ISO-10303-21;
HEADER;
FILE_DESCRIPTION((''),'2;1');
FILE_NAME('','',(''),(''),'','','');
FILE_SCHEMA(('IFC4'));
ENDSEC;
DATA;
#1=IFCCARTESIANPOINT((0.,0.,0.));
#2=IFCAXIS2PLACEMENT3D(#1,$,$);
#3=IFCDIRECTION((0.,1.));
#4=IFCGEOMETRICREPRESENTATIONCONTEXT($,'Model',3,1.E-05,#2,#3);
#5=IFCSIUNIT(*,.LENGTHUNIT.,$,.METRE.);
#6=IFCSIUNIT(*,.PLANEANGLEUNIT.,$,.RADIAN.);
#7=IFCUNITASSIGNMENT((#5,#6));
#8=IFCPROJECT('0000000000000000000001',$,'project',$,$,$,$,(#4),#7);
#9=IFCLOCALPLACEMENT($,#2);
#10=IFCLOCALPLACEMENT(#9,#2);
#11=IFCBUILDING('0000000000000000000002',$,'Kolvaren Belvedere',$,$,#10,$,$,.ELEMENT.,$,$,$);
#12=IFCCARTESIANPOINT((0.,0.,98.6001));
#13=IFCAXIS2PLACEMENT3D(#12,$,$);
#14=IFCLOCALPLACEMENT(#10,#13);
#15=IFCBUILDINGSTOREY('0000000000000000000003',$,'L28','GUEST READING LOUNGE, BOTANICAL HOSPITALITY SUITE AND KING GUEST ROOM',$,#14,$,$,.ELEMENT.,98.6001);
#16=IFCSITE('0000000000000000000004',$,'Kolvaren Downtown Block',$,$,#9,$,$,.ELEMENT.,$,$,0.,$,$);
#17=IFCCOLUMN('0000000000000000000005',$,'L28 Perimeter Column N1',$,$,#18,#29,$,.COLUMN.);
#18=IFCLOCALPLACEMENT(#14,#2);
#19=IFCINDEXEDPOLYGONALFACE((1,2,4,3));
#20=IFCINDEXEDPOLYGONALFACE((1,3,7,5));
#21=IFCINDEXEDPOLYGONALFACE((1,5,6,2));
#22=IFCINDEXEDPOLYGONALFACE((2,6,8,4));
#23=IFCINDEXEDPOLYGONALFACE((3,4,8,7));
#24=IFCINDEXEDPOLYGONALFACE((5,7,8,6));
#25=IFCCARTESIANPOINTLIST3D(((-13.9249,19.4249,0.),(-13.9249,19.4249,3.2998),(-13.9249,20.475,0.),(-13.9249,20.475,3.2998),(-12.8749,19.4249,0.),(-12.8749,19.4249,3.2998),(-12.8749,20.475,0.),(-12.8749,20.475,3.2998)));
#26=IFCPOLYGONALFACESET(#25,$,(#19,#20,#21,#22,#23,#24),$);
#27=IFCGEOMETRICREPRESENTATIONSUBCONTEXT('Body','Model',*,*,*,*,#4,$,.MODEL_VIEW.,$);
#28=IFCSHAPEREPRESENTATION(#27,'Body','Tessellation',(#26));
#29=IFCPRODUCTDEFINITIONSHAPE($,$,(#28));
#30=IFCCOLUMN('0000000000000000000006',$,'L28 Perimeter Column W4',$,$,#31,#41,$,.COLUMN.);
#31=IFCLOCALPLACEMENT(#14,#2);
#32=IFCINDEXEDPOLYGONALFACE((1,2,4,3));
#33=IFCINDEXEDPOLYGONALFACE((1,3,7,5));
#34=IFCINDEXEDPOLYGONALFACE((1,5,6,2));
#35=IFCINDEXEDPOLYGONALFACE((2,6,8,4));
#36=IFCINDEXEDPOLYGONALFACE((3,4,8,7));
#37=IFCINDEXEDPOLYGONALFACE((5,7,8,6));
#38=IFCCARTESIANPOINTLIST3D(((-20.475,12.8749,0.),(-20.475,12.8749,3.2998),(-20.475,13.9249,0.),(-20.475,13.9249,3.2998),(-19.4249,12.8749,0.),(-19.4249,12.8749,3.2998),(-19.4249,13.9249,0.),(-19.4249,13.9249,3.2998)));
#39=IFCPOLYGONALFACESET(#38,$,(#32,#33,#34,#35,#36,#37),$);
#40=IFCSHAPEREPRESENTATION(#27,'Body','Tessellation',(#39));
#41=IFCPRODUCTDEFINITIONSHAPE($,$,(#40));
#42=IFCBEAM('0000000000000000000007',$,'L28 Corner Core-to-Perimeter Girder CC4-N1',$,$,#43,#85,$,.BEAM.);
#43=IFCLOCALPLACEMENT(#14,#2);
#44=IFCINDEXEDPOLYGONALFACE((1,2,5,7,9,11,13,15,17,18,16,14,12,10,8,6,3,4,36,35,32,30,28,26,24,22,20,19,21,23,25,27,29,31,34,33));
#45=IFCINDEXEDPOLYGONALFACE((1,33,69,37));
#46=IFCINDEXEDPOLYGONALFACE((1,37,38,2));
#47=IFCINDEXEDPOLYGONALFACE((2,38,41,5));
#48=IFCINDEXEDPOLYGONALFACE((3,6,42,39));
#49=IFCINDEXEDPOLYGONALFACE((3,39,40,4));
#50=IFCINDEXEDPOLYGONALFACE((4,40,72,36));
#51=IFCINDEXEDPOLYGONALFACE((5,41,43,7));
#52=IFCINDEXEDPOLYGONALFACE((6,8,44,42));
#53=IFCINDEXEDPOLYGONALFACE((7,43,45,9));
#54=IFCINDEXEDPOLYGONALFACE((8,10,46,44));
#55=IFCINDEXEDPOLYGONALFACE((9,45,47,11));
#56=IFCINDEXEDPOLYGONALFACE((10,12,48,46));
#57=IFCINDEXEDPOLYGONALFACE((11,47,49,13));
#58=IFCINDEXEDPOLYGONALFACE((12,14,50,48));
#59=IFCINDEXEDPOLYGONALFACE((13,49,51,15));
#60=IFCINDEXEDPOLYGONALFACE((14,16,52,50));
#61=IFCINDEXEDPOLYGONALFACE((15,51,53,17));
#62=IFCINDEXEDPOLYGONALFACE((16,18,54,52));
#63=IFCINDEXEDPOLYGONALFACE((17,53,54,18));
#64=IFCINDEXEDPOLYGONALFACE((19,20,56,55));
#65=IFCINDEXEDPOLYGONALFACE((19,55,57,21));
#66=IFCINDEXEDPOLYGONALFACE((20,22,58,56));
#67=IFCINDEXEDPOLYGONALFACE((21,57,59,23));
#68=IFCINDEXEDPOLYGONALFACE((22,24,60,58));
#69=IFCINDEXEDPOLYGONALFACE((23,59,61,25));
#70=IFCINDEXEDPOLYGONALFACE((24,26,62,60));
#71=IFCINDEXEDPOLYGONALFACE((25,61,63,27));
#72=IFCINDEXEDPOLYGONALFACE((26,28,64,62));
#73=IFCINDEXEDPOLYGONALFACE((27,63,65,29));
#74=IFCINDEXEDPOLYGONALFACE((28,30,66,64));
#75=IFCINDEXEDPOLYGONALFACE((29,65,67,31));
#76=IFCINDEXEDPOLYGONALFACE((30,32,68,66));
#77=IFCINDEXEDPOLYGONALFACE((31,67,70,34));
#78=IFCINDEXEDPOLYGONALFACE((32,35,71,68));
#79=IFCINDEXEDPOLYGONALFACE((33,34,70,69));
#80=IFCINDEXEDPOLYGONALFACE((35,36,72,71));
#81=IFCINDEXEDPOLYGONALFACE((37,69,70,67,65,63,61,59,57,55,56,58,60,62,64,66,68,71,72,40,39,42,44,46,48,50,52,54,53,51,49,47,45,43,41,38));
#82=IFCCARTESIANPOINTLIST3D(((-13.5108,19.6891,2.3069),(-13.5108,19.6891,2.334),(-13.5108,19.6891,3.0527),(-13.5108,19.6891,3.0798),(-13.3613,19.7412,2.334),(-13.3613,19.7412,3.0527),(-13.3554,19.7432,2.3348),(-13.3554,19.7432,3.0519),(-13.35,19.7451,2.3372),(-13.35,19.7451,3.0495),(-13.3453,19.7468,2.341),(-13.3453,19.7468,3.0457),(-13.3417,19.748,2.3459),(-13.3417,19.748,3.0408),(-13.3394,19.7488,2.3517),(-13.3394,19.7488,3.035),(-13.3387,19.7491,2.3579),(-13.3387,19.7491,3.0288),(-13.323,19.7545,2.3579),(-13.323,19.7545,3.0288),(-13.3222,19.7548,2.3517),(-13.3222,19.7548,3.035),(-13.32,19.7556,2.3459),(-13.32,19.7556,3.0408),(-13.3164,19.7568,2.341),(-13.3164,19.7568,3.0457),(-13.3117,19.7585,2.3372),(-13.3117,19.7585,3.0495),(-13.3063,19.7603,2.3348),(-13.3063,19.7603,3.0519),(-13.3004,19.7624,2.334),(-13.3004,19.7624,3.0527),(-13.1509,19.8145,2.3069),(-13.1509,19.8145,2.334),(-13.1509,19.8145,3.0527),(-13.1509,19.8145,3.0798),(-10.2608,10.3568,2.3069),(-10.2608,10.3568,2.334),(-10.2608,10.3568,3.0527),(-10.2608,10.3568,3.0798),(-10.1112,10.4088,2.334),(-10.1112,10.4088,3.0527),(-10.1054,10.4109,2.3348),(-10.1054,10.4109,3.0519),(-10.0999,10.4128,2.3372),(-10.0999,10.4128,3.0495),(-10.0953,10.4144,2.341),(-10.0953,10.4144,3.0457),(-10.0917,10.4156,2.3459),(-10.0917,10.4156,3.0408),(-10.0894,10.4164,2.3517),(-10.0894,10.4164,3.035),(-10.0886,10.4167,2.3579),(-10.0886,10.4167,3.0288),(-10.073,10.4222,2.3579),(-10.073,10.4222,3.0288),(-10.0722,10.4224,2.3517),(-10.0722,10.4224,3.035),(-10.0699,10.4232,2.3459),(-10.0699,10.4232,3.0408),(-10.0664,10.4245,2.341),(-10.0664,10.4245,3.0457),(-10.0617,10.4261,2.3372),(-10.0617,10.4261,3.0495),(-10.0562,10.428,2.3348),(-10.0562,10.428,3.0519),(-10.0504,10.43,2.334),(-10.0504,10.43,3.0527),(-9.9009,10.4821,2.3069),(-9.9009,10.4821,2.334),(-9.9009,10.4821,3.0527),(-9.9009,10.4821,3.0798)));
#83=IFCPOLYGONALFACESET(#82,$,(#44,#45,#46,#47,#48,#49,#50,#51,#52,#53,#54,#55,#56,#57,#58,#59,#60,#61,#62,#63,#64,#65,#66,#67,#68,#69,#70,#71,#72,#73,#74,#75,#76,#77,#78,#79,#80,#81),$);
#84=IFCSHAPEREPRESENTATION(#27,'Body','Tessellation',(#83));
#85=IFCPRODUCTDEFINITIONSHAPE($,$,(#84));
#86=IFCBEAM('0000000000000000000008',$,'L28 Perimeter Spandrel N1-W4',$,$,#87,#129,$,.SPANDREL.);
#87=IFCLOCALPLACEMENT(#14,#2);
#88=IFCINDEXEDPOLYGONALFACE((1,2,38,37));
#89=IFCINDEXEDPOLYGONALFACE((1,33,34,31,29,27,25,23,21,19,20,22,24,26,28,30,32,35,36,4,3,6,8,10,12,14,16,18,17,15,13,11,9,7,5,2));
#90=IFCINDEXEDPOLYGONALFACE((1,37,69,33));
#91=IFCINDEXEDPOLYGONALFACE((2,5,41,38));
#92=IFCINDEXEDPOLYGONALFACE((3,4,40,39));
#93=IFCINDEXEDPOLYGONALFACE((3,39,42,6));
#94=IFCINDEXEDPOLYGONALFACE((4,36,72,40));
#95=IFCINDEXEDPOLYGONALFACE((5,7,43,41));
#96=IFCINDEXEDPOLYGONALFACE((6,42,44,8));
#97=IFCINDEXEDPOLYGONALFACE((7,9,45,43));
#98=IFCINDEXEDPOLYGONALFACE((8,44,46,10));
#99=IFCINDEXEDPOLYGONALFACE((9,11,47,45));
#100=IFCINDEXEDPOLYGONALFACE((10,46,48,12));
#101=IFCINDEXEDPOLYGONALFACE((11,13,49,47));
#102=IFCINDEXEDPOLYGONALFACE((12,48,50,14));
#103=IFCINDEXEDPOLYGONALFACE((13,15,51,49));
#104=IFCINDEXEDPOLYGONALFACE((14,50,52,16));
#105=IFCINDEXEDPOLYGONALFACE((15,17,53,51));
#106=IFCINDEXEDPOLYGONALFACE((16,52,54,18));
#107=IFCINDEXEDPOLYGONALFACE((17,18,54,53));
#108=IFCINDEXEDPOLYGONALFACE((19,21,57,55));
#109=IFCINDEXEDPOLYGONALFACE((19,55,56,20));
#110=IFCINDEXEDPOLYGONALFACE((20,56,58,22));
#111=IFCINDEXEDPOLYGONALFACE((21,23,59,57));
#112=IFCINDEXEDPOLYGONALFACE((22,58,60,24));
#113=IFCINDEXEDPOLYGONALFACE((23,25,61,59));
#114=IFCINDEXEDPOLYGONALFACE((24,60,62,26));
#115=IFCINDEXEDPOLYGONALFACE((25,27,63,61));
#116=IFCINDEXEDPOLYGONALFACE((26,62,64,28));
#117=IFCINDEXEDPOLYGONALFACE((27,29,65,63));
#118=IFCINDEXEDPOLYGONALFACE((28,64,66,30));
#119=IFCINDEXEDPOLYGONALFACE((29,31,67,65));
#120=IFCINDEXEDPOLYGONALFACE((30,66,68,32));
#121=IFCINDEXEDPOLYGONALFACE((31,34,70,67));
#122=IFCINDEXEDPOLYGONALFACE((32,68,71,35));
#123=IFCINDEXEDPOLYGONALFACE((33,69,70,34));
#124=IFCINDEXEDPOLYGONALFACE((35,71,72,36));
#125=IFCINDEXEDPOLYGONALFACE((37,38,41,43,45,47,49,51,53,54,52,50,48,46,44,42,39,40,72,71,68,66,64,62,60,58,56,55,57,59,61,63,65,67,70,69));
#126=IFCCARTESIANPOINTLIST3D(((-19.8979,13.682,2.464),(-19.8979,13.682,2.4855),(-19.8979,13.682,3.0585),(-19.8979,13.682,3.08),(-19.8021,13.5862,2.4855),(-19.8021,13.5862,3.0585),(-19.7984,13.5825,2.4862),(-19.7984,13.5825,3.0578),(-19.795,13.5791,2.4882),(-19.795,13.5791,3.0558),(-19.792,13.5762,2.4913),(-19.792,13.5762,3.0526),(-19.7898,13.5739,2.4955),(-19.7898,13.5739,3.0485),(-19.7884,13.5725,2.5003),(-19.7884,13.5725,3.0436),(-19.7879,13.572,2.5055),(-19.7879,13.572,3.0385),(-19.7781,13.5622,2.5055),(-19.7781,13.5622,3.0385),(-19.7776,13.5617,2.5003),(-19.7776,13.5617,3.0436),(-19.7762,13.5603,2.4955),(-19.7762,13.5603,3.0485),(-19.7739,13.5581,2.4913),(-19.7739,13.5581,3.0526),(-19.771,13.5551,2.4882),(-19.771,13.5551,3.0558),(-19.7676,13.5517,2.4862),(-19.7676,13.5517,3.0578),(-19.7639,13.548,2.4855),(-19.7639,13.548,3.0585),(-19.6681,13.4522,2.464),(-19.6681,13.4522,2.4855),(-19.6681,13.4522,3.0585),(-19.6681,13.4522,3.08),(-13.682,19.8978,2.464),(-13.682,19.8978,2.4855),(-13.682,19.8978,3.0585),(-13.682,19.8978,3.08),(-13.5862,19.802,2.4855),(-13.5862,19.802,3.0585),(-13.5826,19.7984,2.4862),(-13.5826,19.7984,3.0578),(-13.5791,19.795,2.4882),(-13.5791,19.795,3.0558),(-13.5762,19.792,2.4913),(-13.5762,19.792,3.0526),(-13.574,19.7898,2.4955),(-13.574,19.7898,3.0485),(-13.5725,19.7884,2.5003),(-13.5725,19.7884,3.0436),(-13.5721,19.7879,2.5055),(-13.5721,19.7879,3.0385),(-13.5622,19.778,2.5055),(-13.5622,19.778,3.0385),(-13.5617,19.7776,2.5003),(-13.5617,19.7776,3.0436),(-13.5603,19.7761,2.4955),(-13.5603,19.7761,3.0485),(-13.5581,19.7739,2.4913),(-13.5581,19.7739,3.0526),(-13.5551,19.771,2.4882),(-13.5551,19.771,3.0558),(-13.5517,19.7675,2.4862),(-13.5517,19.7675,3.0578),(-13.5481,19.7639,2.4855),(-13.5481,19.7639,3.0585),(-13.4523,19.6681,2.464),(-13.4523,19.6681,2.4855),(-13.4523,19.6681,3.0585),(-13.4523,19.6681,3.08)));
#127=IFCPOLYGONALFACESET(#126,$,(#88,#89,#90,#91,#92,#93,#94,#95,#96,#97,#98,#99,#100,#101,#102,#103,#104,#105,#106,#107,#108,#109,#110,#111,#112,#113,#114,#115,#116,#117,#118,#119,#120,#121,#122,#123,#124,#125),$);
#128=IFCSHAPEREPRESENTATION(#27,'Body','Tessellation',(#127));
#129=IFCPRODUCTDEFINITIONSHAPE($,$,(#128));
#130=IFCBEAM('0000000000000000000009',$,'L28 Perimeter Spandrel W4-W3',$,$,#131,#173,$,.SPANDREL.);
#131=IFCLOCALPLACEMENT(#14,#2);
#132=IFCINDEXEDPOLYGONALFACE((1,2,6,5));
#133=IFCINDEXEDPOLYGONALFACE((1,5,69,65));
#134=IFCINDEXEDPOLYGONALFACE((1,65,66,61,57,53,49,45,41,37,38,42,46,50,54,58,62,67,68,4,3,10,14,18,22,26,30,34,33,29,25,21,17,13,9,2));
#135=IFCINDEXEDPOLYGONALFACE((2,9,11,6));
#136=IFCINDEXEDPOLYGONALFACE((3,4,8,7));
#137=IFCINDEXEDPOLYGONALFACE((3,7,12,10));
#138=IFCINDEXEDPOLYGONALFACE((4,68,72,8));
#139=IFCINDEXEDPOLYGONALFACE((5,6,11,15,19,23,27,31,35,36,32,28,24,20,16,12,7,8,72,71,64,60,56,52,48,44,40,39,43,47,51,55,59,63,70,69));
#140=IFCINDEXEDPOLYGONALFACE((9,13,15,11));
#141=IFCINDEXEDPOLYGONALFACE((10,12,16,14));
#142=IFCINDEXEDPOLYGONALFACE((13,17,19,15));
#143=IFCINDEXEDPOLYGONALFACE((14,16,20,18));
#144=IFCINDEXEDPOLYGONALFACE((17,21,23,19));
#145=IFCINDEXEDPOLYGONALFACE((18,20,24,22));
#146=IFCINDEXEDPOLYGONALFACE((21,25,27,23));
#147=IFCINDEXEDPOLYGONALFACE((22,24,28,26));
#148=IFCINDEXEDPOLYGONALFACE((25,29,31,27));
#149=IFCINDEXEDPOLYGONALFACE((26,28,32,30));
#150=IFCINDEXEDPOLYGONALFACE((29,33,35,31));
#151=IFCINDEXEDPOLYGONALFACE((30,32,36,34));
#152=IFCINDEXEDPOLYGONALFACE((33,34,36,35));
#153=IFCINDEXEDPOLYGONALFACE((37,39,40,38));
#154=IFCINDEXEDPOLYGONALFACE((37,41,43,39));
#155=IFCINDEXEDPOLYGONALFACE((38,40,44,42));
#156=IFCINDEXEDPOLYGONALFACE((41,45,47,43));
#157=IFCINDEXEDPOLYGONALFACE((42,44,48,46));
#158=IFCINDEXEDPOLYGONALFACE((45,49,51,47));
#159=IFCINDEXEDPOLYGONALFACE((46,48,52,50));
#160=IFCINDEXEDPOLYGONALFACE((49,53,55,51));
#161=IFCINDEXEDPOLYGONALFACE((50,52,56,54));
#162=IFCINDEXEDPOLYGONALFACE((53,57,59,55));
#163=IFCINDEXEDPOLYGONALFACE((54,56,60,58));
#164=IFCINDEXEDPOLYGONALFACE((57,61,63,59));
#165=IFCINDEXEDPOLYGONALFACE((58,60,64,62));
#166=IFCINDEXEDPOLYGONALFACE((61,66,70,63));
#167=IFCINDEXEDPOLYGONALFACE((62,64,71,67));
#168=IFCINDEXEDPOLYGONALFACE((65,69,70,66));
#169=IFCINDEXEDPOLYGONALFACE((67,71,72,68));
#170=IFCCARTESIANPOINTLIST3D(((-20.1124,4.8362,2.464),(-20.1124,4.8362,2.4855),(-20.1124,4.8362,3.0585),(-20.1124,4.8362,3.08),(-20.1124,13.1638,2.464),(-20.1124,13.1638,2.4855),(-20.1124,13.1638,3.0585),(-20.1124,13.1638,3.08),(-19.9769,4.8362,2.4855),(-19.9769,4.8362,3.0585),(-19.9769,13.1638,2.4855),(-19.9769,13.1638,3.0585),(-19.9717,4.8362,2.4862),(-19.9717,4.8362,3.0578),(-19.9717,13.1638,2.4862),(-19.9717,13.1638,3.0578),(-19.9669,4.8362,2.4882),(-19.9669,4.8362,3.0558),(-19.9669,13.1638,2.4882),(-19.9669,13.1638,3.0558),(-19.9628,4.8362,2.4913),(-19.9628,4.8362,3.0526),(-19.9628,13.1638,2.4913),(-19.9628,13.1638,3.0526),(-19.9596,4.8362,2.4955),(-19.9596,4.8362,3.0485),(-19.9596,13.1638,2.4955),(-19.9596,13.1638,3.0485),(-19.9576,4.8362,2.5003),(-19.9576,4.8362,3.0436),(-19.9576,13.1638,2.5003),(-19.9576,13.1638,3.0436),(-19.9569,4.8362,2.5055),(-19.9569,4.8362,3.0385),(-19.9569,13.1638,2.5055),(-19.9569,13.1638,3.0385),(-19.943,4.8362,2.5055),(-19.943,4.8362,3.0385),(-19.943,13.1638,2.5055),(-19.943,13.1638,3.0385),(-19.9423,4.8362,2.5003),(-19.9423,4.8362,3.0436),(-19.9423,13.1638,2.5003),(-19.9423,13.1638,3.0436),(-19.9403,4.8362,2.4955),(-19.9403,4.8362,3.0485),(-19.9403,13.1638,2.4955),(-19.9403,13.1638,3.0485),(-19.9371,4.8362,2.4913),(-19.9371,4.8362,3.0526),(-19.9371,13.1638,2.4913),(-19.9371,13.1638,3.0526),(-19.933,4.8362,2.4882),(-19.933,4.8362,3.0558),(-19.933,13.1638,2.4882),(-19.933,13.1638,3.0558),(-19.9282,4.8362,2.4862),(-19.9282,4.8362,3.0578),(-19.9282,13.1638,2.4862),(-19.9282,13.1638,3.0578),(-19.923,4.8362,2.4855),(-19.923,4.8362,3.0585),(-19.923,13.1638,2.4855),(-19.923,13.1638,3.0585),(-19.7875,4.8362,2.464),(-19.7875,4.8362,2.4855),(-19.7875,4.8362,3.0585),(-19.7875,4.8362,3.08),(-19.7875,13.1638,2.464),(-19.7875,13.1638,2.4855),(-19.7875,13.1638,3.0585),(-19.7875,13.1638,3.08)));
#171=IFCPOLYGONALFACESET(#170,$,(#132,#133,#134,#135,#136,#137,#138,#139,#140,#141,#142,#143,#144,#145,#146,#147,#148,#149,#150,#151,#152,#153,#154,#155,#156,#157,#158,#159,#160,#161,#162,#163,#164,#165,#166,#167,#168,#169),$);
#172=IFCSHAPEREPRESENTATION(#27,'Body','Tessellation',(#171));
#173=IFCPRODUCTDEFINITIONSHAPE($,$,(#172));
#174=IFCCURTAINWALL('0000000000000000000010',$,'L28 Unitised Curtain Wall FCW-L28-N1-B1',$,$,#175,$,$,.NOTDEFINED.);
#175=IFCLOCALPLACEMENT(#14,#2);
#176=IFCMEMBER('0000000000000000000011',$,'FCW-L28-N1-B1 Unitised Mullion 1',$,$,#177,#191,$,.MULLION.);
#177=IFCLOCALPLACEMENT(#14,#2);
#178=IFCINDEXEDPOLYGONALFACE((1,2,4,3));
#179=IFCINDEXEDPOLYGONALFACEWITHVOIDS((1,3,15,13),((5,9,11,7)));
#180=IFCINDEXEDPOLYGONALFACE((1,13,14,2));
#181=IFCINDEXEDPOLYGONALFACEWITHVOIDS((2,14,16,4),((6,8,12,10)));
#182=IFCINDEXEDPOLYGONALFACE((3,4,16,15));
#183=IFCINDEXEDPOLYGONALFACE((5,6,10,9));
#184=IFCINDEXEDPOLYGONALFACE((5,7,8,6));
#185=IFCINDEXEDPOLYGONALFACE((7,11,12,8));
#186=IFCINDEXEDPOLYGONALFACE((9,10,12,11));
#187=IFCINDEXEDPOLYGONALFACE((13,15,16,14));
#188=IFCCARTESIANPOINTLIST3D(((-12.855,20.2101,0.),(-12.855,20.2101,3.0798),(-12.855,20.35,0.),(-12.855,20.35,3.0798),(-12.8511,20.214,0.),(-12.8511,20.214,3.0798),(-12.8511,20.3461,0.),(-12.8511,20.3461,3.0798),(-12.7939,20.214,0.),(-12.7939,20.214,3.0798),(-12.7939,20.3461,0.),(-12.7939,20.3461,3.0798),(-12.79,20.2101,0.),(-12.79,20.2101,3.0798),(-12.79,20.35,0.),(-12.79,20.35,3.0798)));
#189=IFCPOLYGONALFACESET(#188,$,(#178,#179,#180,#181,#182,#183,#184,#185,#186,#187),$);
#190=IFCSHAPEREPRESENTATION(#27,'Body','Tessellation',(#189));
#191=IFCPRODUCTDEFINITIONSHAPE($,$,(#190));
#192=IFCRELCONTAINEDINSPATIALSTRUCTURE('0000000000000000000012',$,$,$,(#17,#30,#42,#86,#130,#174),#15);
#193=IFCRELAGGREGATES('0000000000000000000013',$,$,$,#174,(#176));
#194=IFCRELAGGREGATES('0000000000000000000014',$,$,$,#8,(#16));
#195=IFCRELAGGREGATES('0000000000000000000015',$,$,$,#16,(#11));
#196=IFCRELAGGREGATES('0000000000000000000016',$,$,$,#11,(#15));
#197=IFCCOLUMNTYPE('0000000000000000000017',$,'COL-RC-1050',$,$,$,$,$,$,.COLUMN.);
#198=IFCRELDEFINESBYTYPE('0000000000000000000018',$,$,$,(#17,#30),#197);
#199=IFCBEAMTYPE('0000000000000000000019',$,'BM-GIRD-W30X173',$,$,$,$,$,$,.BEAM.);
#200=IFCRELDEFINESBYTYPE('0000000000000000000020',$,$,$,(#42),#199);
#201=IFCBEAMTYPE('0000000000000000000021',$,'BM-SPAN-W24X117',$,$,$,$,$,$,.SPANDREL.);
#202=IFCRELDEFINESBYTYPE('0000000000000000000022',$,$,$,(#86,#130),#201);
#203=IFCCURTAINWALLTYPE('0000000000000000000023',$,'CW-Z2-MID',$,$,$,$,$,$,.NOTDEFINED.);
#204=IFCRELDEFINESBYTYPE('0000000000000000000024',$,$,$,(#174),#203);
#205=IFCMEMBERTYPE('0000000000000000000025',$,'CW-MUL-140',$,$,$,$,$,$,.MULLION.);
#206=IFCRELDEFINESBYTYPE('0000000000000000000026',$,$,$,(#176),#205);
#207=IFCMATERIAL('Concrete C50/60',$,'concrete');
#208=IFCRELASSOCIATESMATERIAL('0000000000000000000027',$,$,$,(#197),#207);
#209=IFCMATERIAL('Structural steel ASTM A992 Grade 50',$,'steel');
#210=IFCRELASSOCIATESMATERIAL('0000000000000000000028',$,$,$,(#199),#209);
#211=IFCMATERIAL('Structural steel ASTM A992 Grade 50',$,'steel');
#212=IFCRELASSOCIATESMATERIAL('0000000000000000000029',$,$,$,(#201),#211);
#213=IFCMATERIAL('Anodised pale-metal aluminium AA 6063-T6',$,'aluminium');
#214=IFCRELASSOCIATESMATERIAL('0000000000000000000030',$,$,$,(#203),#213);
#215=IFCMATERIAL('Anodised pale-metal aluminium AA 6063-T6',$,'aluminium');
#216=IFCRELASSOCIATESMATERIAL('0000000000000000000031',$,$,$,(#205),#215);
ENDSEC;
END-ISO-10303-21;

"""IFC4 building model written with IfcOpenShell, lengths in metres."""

from ifc_helpers import new_model, si_unit, direction, frame, origin, origin_2d, place, context, subcontext, project, spatial, rectangle, hollow_rectangle, i_section, extrude, material, material_profile, profile_set, type_object, element, aggregate, save


model = new_model("IFC4")

# Units and contexts
model_context = context("Model", 3, precision=1e-05, world=origin(), true_north=direction((0.0, 1.0)))
body_context = subcontext(model_context, "Body", "Model", "MODEL_VIEW")
ifc_project = project(units=[si_unit("LENGTHUNIT", "METRE"), si_unit("PLANEANGLEUNIT", "RADIAN")], contexts=[model_context])

# Site, building, storey
site_placement = place(None, origin())
site = spatial("IfcSite", under=ifc_project, at=site_placement, Name="Kolvaren Downtown Block", CompositionType="ELEMENT", RefElevation=0.0)
building_placement = place(site_placement, origin())
building = spatial("IfcBuilding", under=site, at=building_placement, Name="Kolvaren Belvedere", CompositionType="ELEMENT")
storey_placement = place(building_placement, frame((0.0, 0.0, 98.6001)))
storey = spatial("IfcBuildingStorey", under=building, at=storey_placement, Name="L28", Description="GUEST READING LOUNGE, BOTANICAL HOSPITALITY SUITE AND KING GUEST ROOM", CompositionType="ELEMENT", Elevation=98.6001)

# Columns
ifc_material_1 = material(Name="Concrete C50/60", Category="concrete")
ifc_material_profile_1 = material_profile(ifc_material_1, rectangle(XDim=1.05, YDim=1.05, at=origin_2d()), Name="RC 1050X1050")
ifc_profile_set_1 = profile_set([ifc_material_profile_1], Name="Concrete C50/60")
column_type = type_object("IfcColumnType", Name="COL-RC-1050", PredefinedType="COLUMN", material=ifc_profile_set_1)
for number, where, z_axis, x_axis, name in (
    (1, (-13.3999, 19.95, 0.0), (0.0, 0.0, 1.0), (1.0, 0.0, 0.0), "L28 Perimeter Column N1"),
    (2, (-19.95, 13.3999, 0.0), (0.0, 0.0, 1.0), (1.0, 0.0, 0.0), "L28 Perimeter Column W4"),
):
    element("IfcColumn", number, at=place(storey_placement, frame(where, z_axis=z_axis, x_axis=x_axis)), inside=storey, type_object=column_type, Name=name, PredefinedType="COLUMN", context=body_context, shape_type="SweptSolid", body=[
        extrude(rectangle(XDim=1.05, YDim=1.05, at=origin_2d()), origin(), (0.0, 0.0, 1.0), 3.2998),
    ])

# Beams
ifc_material_2 = material(Name="Structural steel ASTM A992 Grade 50", Category="steel")
ifc_material_profile_2 = material_profile(ifc_material_2, i_section(OverallWidth=0.3811, OverallDepth=0.7729, WebThickness=0.0166, FlangeThickness=0.0271, FilletRadius=0.0239, at=origin_2d()), Name="W30X173")
ifc_profile_set_2 = profile_set([ifc_material_profile_2], Name="Structural steel ASTM A992 Grade 50")
beam_type_1 = type_object("IfcBeamType", Name="BM-GIRD-W30X173", PredefinedType="BEAM", material=ifc_profile_set_2)
beam_1_placement = place(storey_placement, frame((-10.0808, 10.4194, 2.6934), z_axis=(-0.328881, 0.944371, 0.0), x_axis=(-0.944371, -0.328881, 0.0)))
element("IfcBeam", 3, at=beam_1_placement, inside=storey, type_object=beam_type_1, Name="L28 Corner Core-to-Perimeter Girder CC4-N1", PredefinedType="BEAM", context=body_context, shape_type="SweptSolid", body=[
    extrude(i_section(OverallWidth=0.3811, OverallDepth=0.7729, WebThickness=0.0166, FlangeThickness=0.0271, FilletRadius=0.0239, at=origin_2d()), origin(), (0.0, 0.0, 1.0), 9.8821),
])
ifc_material_3 = material(Name="Structural steel ASTM A992 Grade 50", Category="steel")
ifc_material_profile_3 = material_profile(ifc_material_3, i_section(OverallWidth=0.325, OverallDepth=0.616, WebThickness=0.0139, FlangeThickness=0.0215, FilletRadius=0.02, at=origin_2d()), Name="W24X117")
ifc_profile_set_3 = profile_set([ifc_material_profile_3], Name="Structural steel ASTM A992 Grade 50")
beam_type_2 = type_object("IfcBeamType", Name="BM-SPAN-W24X117", PredefinedType="SPANDREL", material=ifc_profile_set_3)
beam_2_placement = place(storey_placement, frame((-13.5671, 19.783, 2.772), z_axis=(-0.707107, -0.707107, 0.0), x_axis=(0.707107, -0.707107, 0.0)))
element("IfcBeam", 4, at=beam_2_placement, inside=storey, type_object=beam_type_2, Name="L28 Perimeter Spandrel N1-W4", PredefinedType="SPANDREL", context=body_context, shape_type="SweptSolid", body=[
    extrude(i_section(OverallWidth=0.325, OverallDepth=0.616, WebThickness=0.0139, FlangeThickness=0.0215, FilletRadius=0.02, at=origin_2d()), origin(), (0.0, 0.0, 1.0), 8.7905),
])
beam_3_placement = place(storey_placement, frame((-19.95, 13.1638, 2.772), z_axis=(0.0, -1.0, 0.0), x_axis=(1.0, 0.0, 0.0)))
element("IfcBeam", 5, at=beam_3_placement, inside=storey, type_object=beam_type_2, Name="L28 Perimeter Spandrel W4-W3", PredefinedType="SPANDREL", context=body_context, shape_type="SweptSolid", body=[
    extrude(i_section(OverallWidth=0.325, OverallDepth=0.616, WebThickness=0.0139, FlangeThickness=0.0215, FilletRadius=0.02, at=origin_2d()), origin(), (0.0, 0.0, 1.0), 8.3276),
])

# Curtain wall, member
ifc_material_4 = material(Name="Anodised pale-metal aluminium AA 6063-T6", Category="aluminium")
curtain_wall_type = type_object("IfcCurtainWallType", Name="CW-Z2-MID", PredefinedType="NOTDEFINED", material=ifc_material_4)
curtain_wall_1_placement = place(storey_placement, origin())
curtain_wall_1 = element("IfcCurtainWall", 6, at=curtain_wall_1_placement, inside=storey, type_object=curtain_wall_type, Name="L28 Unitised Curtain Wall FCW-L28-N1-B1", PredefinedType="NOTDEFINED")
ifc_material_5 = material(Name="Anodised pale-metal aluminium AA 6063-T6", Category="aluminium")
ifc_material_profile_4 = material_profile(ifc_material_5, hollow_rectangle(XDim=0.0649, YDim=0.1399, WallThickness=0.0039, at=origin_2d()), Name="ALU-MUL-140X65")
ifc_profile_set_4 = profile_set([ifc_material_profile_4], Name="Anodised pale-metal aluminium AA 6063-T6")
member_type_1 = type_object("IfcMemberType", Name="CW-MUL-140", PredefinedType="MULLION", material=ifc_profile_set_4)
member_1_placement = place(storey_placement, frame((-12.8225, 20.28, 0.0), z_axis=(0.0, 0.0, 1.0), x_axis=(1.0, 0.0, 0.0)))
member_1 = element("IfcMember", 7, at=member_1_placement, type_object=member_type_1, Name="FCW-L28-N1-B1 Unitised Mullion 1", PredefinedType="MULLION", context=body_context, shape_type="SweptSolid", body=[
    extrude(hollow_rectangle(XDim=0.0649, YDim=0.1399, WallThickness=0.0039, at=origin_2d()), origin(), (0.0, 0.0, 1.0), 3.0798),
])

aggregate(curtain_wall_1, [member_1])

save(model, "model.ifc")
